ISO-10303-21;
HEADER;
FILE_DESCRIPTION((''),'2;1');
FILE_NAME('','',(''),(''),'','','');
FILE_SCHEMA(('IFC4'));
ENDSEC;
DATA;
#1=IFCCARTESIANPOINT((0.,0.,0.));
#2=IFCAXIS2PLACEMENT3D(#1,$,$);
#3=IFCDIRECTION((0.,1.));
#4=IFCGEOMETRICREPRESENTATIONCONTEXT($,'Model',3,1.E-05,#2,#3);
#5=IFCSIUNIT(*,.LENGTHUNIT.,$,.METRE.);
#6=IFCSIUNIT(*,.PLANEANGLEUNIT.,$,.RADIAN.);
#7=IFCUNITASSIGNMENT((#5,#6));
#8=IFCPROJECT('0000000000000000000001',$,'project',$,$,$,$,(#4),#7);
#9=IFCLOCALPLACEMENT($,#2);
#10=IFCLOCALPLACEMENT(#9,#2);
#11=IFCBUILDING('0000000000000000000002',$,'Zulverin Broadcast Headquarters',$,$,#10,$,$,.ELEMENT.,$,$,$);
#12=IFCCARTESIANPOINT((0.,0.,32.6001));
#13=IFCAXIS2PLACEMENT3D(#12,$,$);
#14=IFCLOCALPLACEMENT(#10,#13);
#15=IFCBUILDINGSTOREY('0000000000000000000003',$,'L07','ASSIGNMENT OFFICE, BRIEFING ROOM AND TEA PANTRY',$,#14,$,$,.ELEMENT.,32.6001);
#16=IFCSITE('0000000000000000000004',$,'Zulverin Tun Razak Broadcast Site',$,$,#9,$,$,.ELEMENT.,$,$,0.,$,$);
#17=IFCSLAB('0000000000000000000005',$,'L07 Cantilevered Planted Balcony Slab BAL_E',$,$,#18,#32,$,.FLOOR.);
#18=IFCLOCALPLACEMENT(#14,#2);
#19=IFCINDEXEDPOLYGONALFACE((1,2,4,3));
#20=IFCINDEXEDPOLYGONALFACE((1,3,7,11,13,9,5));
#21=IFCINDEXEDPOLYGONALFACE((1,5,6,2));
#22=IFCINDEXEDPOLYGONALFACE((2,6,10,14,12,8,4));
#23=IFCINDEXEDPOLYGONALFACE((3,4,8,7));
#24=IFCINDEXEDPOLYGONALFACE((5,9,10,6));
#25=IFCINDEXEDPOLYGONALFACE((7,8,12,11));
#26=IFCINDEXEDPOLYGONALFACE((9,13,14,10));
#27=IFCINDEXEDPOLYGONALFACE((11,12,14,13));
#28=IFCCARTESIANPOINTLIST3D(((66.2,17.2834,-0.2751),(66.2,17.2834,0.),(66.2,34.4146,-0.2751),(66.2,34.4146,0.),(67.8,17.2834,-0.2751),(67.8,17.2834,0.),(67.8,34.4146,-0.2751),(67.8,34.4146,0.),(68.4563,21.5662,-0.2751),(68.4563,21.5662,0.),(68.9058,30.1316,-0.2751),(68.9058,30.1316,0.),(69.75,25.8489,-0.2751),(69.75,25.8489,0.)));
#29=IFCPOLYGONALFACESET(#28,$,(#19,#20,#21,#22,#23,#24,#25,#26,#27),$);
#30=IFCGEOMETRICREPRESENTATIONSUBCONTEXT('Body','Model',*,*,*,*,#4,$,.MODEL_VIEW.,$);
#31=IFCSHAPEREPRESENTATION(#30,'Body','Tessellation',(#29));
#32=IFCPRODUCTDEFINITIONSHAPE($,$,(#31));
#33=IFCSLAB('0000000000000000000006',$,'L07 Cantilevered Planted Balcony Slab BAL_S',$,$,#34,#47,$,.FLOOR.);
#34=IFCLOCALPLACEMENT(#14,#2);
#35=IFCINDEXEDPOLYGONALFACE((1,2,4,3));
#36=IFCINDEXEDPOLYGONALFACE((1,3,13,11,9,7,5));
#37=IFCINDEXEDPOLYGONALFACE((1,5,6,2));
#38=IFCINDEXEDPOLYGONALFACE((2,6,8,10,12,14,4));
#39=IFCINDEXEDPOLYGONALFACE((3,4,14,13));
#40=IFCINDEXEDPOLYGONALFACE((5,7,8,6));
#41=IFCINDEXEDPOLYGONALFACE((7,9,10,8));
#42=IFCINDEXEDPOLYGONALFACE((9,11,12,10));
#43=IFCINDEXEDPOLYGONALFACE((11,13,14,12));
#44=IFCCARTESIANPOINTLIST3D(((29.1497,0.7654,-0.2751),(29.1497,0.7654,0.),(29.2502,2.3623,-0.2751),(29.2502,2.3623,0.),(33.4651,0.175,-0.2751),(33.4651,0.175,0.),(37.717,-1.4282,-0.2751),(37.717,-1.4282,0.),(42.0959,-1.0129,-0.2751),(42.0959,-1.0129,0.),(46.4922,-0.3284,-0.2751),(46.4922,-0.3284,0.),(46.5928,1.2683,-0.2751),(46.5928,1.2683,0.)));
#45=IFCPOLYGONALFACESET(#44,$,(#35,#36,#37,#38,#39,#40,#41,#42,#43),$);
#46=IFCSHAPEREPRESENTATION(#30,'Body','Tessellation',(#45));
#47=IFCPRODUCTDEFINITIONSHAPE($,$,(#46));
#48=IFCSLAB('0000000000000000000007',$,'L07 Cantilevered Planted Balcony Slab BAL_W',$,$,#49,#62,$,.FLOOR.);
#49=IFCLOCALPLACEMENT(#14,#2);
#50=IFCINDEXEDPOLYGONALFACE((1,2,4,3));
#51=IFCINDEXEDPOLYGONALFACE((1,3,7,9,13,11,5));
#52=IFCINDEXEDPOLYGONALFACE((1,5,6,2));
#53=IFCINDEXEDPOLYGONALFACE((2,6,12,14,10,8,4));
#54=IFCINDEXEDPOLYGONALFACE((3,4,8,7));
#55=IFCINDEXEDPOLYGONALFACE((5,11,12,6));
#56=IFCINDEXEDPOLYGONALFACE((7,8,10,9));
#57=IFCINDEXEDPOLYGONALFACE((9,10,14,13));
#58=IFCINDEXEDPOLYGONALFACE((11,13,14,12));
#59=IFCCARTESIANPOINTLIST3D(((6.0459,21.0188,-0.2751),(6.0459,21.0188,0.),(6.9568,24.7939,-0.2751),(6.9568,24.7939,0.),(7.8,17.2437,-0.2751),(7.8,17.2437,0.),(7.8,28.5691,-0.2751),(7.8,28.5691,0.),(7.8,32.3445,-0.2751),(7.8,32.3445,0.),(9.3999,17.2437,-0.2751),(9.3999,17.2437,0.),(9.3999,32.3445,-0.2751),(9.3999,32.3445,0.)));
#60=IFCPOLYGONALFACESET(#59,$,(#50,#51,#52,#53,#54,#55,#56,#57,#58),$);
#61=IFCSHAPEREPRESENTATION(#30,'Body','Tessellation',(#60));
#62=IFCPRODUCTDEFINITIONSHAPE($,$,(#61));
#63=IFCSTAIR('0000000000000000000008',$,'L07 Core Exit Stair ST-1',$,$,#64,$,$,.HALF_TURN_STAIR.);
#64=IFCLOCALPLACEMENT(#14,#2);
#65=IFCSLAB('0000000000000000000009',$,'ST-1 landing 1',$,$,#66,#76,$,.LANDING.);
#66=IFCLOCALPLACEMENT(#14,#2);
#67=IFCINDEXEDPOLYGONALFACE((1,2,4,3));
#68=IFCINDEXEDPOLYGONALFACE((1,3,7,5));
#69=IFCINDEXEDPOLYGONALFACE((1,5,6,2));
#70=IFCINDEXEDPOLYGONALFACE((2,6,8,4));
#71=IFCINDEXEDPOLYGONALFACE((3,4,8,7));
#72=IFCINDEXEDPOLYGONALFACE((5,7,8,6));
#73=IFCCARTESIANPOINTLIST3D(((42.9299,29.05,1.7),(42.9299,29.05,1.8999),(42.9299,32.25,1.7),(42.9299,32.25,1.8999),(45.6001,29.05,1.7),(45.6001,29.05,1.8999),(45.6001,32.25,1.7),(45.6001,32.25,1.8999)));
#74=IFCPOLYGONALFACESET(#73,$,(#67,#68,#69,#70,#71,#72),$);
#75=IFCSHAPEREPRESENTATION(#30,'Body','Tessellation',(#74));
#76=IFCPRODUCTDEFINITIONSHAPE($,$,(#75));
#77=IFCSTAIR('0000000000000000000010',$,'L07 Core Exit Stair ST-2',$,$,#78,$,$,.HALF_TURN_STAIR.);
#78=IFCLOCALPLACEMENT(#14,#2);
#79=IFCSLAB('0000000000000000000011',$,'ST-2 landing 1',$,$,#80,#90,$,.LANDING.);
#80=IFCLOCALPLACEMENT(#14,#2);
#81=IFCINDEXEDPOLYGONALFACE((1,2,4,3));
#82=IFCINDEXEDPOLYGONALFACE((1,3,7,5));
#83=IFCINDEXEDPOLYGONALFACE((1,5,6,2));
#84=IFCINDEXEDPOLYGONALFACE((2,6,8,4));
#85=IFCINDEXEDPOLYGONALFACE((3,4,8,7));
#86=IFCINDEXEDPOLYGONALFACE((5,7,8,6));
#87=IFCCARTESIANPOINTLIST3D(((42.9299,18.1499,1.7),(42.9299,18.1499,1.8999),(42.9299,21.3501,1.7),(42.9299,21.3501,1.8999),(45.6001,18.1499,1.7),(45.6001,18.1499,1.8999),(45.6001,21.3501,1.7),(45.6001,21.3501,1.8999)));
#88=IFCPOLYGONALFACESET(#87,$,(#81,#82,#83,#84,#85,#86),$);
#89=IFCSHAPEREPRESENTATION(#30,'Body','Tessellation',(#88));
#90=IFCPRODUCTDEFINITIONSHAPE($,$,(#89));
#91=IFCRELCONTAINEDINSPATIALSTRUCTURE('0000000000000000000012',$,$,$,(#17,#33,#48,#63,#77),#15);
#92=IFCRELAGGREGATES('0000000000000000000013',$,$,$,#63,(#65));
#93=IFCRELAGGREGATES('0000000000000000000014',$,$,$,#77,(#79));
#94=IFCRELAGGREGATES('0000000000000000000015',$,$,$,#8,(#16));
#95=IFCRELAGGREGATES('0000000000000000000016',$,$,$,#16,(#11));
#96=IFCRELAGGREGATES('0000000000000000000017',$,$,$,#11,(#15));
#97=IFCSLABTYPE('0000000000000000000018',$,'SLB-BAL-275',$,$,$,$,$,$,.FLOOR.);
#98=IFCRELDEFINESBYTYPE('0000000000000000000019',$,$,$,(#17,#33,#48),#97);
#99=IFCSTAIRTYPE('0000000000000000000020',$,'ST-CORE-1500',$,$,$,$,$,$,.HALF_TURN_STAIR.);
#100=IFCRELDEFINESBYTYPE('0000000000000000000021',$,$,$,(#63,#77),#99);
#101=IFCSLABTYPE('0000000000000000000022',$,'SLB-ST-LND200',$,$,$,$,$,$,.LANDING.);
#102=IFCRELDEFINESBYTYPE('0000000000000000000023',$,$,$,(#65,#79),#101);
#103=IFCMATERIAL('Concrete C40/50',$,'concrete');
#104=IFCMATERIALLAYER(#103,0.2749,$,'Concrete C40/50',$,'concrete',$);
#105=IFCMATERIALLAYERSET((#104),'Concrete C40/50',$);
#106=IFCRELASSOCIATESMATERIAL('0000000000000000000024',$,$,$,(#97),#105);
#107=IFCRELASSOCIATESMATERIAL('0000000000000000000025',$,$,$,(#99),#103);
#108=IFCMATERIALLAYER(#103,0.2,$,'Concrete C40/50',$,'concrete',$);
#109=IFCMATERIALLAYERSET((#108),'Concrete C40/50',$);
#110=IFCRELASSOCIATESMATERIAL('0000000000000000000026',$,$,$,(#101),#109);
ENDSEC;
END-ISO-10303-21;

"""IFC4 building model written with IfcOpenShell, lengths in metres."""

from ifc_helpers import new_model, si_unit, direction, frame, origin, place, context, subcontext, project, spatial, polyline, outline, extrude, material, layer, layer_set, type_object, element, aggregate, save


model = new_model("IFC4")

# Units and contexts
model_context = context("Model", 3, precision=1e-05, world=origin(), true_north=direction((0.0, 1.0)))
body_context = subcontext(model_context, "Body", "Model", "MODEL_VIEW")
ifc_project = project(units=[si_unit("LENGTHUNIT", "METRE"), si_unit("PLANEANGLEUNIT", "RADIAN")], contexts=[model_context])

# Site, building, storey
site_placement = place(None, origin())
site = spatial("IfcSite", under=ifc_project, at=site_placement, Name="Zulverin Tun Razak Broadcast Site", CompositionType="ELEMENT", RefElevation=0.0)
building_placement = place(site_placement, origin())
building = spatial("IfcBuilding", under=site, at=building_placement, Name="Zulverin Broadcast Headquarters", CompositionType="ELEMENT")
storey_placement = place(building_placement, frame((0.0, 0.0, 32.6001)))
storey = spatial("IfcBuildingStorey", under=building, at=storey_placement, Name="L07", Description="ASSIGNMENT OFFICE, BRIEFING ROOM AND TEA PANTRY", CompositionType="ELEMENT", Elevation=32.6001)

# Slabs
ifc_material_1 = material(Name="Concrete C40/50", Category="concrete")
ifc_layer_1 = layer(ifc_material_1, 0.2749, Name="Concrete C40/50", Category="concrete")
ifc_layer_set_1 = layer_set([ifc_layer_1], Name="Concrete C40/50")
slab_type_1 = type_object("IfcSlabType", Name="SLB-BAL-275", PredefinedType="FLOOR", material=ifc_layer_set_1)
slab_1_placement = place(storey_placement, frame((0.0, 0.0, -0.2751)))
element("IfcSlab", 1, at=slab_1_placement, inside=storey, type_object=slab_type_1, Name="L07 Cantilevered Planted Balcony Slab BAL_E", PredefinedType="FLOOR", context=body_context, shape_type="SweptSolid", body=[
    extrude(outline(polyline([(66.2, 34.4146), (66.2, 17.2834), (67.8, 17.2834), (68.4563, 21.5662), (69.75, 25.8489), (68.9058, 30.1316), (67.8, 34.4146), (66.2, 34.4146)])), origin(), (0.0, 0.0, 1.0), 0.2751),
])
slab_2_placement = place(storey_placement, frame((0.0, 0.0, -0.2751)))
element("IfcSlab", 2, at=slab_2_placement, inside=storey, type_object=slab_type_1, Name="L07 Cantilevered Planted Balcony Slab BAL_S", PredefinedType="FLOOR", context=body_context, shape_type="SweptSolid", body=[
    extrude(outline(polyline([(46.5928, 1.2683), (29.2502, 2.3623), (29.1497, 0.7654), (33.4651, 0.175), (37.717, -1.4282), (42.0959, -1.0129), (46.4922, -0.3284), (46.5928, 1.2683)])), origin(), (0.0, 0.0, 1.0), 0.2751),
])
slab_3_placement = place(storey_placement, frame((0.0, 0.0, -0.2751)))
element("IfcSlab", 3, at=slab_3_placement, inside=storey, type_object=slab_type_1, Name="L07 Cantilevered Planted Balcony Slab BAL_W", PredefinedType="FLOOR", context=body_context, shape_type="SweptSolid", body=[
    extrude(outline(polyline([(9.3999, 17.2437), (9.3999, 32.3445), (7.8, 32.3445), (7.8, 28.5691), (6.9568, 24.7939), (6.0459, 21.0188), (7.8, 17.2437), (9.3999, 17.2437)])), origin(), (0.0, 0.0, 1.0), 0.2751),
])

# Stairs, slabs
stair_type = type_object("IfcStairType", Name="ST-CORE-1500", PredefinedType="HALF_TURN_STAIR", material=ifc_material_1)
stair_1_placement = place(storey_placement, origin())
stair_1 = element("IfcStair", 4, at=stair_1_placement, inside=storey, type_object=stair_type, Name="L07 Core Exit Stair ST-1", PredefinedType="HALF_TURN_STAIR")
ifc_layer_2 = layer(ifc_material_1, 0.2, Name="Concrete C40/50", Category="concrete")
ifc_layer_set_2 = layer_set([ifc_layer_2], Name="Concrete C40/50")
slab_type_2 = type_object("IfcSlabType", Name="SLB-ST-LND200", PredefinedType="LANDING", material=ifc_layer_set_2)
slab_4_placement = place(storey_placement, frame((0.0, 0.0, 1.7)))
slab_4 = element("IfcSlab", 5, at=slab_4_placement, type_object=slab_type_2, Name="ST-1 landing 1", PredefinedType="LANDING", context=body_context, shape_type="SweptSolid", body=[
    extrude(outline(polyline([(42.9299, 29.05), (45.6001, 29.05), (45.6001, 32.25), (42.9299, 32.25), (42.9299, 29.05)])), origin(), (0.0, 0.0, 1.0), 0.2),
])
aggregate(stair_1, [slab_4])
stair_2_placement = place(storey_placement, origin())
stair_2 = element("IfcStair", 6, at=stair_2_placement, inside=storey, type_object=stair_type, Name="L07 Core Exit Stair ST-2", PredefinedType="HALF_TURN_STAIR")
slab_5_placement = place(storey_placement, frame((0.0, 0.0, 1.7)))
slab_5 = element("IfcSlab", 7, at=slab_5_placement, type_object=slab_type_2, Name="ST-2 landing 1", PredefinedType="LANDING", context=body_context, shape_type="SweptSolid", body=[
    extrude(outline(polyline([(42.9299, 18.1499), (45.6001, 18.1499), (45.6001, 21.3501), (42.9299, 21.3501), (42.9299, 18.1499)])), origin(), (0.0, 0.0, 1.0), 0.2),
])
aggregate(stair_2, [slab_5])

save(model, "model.ifc")
